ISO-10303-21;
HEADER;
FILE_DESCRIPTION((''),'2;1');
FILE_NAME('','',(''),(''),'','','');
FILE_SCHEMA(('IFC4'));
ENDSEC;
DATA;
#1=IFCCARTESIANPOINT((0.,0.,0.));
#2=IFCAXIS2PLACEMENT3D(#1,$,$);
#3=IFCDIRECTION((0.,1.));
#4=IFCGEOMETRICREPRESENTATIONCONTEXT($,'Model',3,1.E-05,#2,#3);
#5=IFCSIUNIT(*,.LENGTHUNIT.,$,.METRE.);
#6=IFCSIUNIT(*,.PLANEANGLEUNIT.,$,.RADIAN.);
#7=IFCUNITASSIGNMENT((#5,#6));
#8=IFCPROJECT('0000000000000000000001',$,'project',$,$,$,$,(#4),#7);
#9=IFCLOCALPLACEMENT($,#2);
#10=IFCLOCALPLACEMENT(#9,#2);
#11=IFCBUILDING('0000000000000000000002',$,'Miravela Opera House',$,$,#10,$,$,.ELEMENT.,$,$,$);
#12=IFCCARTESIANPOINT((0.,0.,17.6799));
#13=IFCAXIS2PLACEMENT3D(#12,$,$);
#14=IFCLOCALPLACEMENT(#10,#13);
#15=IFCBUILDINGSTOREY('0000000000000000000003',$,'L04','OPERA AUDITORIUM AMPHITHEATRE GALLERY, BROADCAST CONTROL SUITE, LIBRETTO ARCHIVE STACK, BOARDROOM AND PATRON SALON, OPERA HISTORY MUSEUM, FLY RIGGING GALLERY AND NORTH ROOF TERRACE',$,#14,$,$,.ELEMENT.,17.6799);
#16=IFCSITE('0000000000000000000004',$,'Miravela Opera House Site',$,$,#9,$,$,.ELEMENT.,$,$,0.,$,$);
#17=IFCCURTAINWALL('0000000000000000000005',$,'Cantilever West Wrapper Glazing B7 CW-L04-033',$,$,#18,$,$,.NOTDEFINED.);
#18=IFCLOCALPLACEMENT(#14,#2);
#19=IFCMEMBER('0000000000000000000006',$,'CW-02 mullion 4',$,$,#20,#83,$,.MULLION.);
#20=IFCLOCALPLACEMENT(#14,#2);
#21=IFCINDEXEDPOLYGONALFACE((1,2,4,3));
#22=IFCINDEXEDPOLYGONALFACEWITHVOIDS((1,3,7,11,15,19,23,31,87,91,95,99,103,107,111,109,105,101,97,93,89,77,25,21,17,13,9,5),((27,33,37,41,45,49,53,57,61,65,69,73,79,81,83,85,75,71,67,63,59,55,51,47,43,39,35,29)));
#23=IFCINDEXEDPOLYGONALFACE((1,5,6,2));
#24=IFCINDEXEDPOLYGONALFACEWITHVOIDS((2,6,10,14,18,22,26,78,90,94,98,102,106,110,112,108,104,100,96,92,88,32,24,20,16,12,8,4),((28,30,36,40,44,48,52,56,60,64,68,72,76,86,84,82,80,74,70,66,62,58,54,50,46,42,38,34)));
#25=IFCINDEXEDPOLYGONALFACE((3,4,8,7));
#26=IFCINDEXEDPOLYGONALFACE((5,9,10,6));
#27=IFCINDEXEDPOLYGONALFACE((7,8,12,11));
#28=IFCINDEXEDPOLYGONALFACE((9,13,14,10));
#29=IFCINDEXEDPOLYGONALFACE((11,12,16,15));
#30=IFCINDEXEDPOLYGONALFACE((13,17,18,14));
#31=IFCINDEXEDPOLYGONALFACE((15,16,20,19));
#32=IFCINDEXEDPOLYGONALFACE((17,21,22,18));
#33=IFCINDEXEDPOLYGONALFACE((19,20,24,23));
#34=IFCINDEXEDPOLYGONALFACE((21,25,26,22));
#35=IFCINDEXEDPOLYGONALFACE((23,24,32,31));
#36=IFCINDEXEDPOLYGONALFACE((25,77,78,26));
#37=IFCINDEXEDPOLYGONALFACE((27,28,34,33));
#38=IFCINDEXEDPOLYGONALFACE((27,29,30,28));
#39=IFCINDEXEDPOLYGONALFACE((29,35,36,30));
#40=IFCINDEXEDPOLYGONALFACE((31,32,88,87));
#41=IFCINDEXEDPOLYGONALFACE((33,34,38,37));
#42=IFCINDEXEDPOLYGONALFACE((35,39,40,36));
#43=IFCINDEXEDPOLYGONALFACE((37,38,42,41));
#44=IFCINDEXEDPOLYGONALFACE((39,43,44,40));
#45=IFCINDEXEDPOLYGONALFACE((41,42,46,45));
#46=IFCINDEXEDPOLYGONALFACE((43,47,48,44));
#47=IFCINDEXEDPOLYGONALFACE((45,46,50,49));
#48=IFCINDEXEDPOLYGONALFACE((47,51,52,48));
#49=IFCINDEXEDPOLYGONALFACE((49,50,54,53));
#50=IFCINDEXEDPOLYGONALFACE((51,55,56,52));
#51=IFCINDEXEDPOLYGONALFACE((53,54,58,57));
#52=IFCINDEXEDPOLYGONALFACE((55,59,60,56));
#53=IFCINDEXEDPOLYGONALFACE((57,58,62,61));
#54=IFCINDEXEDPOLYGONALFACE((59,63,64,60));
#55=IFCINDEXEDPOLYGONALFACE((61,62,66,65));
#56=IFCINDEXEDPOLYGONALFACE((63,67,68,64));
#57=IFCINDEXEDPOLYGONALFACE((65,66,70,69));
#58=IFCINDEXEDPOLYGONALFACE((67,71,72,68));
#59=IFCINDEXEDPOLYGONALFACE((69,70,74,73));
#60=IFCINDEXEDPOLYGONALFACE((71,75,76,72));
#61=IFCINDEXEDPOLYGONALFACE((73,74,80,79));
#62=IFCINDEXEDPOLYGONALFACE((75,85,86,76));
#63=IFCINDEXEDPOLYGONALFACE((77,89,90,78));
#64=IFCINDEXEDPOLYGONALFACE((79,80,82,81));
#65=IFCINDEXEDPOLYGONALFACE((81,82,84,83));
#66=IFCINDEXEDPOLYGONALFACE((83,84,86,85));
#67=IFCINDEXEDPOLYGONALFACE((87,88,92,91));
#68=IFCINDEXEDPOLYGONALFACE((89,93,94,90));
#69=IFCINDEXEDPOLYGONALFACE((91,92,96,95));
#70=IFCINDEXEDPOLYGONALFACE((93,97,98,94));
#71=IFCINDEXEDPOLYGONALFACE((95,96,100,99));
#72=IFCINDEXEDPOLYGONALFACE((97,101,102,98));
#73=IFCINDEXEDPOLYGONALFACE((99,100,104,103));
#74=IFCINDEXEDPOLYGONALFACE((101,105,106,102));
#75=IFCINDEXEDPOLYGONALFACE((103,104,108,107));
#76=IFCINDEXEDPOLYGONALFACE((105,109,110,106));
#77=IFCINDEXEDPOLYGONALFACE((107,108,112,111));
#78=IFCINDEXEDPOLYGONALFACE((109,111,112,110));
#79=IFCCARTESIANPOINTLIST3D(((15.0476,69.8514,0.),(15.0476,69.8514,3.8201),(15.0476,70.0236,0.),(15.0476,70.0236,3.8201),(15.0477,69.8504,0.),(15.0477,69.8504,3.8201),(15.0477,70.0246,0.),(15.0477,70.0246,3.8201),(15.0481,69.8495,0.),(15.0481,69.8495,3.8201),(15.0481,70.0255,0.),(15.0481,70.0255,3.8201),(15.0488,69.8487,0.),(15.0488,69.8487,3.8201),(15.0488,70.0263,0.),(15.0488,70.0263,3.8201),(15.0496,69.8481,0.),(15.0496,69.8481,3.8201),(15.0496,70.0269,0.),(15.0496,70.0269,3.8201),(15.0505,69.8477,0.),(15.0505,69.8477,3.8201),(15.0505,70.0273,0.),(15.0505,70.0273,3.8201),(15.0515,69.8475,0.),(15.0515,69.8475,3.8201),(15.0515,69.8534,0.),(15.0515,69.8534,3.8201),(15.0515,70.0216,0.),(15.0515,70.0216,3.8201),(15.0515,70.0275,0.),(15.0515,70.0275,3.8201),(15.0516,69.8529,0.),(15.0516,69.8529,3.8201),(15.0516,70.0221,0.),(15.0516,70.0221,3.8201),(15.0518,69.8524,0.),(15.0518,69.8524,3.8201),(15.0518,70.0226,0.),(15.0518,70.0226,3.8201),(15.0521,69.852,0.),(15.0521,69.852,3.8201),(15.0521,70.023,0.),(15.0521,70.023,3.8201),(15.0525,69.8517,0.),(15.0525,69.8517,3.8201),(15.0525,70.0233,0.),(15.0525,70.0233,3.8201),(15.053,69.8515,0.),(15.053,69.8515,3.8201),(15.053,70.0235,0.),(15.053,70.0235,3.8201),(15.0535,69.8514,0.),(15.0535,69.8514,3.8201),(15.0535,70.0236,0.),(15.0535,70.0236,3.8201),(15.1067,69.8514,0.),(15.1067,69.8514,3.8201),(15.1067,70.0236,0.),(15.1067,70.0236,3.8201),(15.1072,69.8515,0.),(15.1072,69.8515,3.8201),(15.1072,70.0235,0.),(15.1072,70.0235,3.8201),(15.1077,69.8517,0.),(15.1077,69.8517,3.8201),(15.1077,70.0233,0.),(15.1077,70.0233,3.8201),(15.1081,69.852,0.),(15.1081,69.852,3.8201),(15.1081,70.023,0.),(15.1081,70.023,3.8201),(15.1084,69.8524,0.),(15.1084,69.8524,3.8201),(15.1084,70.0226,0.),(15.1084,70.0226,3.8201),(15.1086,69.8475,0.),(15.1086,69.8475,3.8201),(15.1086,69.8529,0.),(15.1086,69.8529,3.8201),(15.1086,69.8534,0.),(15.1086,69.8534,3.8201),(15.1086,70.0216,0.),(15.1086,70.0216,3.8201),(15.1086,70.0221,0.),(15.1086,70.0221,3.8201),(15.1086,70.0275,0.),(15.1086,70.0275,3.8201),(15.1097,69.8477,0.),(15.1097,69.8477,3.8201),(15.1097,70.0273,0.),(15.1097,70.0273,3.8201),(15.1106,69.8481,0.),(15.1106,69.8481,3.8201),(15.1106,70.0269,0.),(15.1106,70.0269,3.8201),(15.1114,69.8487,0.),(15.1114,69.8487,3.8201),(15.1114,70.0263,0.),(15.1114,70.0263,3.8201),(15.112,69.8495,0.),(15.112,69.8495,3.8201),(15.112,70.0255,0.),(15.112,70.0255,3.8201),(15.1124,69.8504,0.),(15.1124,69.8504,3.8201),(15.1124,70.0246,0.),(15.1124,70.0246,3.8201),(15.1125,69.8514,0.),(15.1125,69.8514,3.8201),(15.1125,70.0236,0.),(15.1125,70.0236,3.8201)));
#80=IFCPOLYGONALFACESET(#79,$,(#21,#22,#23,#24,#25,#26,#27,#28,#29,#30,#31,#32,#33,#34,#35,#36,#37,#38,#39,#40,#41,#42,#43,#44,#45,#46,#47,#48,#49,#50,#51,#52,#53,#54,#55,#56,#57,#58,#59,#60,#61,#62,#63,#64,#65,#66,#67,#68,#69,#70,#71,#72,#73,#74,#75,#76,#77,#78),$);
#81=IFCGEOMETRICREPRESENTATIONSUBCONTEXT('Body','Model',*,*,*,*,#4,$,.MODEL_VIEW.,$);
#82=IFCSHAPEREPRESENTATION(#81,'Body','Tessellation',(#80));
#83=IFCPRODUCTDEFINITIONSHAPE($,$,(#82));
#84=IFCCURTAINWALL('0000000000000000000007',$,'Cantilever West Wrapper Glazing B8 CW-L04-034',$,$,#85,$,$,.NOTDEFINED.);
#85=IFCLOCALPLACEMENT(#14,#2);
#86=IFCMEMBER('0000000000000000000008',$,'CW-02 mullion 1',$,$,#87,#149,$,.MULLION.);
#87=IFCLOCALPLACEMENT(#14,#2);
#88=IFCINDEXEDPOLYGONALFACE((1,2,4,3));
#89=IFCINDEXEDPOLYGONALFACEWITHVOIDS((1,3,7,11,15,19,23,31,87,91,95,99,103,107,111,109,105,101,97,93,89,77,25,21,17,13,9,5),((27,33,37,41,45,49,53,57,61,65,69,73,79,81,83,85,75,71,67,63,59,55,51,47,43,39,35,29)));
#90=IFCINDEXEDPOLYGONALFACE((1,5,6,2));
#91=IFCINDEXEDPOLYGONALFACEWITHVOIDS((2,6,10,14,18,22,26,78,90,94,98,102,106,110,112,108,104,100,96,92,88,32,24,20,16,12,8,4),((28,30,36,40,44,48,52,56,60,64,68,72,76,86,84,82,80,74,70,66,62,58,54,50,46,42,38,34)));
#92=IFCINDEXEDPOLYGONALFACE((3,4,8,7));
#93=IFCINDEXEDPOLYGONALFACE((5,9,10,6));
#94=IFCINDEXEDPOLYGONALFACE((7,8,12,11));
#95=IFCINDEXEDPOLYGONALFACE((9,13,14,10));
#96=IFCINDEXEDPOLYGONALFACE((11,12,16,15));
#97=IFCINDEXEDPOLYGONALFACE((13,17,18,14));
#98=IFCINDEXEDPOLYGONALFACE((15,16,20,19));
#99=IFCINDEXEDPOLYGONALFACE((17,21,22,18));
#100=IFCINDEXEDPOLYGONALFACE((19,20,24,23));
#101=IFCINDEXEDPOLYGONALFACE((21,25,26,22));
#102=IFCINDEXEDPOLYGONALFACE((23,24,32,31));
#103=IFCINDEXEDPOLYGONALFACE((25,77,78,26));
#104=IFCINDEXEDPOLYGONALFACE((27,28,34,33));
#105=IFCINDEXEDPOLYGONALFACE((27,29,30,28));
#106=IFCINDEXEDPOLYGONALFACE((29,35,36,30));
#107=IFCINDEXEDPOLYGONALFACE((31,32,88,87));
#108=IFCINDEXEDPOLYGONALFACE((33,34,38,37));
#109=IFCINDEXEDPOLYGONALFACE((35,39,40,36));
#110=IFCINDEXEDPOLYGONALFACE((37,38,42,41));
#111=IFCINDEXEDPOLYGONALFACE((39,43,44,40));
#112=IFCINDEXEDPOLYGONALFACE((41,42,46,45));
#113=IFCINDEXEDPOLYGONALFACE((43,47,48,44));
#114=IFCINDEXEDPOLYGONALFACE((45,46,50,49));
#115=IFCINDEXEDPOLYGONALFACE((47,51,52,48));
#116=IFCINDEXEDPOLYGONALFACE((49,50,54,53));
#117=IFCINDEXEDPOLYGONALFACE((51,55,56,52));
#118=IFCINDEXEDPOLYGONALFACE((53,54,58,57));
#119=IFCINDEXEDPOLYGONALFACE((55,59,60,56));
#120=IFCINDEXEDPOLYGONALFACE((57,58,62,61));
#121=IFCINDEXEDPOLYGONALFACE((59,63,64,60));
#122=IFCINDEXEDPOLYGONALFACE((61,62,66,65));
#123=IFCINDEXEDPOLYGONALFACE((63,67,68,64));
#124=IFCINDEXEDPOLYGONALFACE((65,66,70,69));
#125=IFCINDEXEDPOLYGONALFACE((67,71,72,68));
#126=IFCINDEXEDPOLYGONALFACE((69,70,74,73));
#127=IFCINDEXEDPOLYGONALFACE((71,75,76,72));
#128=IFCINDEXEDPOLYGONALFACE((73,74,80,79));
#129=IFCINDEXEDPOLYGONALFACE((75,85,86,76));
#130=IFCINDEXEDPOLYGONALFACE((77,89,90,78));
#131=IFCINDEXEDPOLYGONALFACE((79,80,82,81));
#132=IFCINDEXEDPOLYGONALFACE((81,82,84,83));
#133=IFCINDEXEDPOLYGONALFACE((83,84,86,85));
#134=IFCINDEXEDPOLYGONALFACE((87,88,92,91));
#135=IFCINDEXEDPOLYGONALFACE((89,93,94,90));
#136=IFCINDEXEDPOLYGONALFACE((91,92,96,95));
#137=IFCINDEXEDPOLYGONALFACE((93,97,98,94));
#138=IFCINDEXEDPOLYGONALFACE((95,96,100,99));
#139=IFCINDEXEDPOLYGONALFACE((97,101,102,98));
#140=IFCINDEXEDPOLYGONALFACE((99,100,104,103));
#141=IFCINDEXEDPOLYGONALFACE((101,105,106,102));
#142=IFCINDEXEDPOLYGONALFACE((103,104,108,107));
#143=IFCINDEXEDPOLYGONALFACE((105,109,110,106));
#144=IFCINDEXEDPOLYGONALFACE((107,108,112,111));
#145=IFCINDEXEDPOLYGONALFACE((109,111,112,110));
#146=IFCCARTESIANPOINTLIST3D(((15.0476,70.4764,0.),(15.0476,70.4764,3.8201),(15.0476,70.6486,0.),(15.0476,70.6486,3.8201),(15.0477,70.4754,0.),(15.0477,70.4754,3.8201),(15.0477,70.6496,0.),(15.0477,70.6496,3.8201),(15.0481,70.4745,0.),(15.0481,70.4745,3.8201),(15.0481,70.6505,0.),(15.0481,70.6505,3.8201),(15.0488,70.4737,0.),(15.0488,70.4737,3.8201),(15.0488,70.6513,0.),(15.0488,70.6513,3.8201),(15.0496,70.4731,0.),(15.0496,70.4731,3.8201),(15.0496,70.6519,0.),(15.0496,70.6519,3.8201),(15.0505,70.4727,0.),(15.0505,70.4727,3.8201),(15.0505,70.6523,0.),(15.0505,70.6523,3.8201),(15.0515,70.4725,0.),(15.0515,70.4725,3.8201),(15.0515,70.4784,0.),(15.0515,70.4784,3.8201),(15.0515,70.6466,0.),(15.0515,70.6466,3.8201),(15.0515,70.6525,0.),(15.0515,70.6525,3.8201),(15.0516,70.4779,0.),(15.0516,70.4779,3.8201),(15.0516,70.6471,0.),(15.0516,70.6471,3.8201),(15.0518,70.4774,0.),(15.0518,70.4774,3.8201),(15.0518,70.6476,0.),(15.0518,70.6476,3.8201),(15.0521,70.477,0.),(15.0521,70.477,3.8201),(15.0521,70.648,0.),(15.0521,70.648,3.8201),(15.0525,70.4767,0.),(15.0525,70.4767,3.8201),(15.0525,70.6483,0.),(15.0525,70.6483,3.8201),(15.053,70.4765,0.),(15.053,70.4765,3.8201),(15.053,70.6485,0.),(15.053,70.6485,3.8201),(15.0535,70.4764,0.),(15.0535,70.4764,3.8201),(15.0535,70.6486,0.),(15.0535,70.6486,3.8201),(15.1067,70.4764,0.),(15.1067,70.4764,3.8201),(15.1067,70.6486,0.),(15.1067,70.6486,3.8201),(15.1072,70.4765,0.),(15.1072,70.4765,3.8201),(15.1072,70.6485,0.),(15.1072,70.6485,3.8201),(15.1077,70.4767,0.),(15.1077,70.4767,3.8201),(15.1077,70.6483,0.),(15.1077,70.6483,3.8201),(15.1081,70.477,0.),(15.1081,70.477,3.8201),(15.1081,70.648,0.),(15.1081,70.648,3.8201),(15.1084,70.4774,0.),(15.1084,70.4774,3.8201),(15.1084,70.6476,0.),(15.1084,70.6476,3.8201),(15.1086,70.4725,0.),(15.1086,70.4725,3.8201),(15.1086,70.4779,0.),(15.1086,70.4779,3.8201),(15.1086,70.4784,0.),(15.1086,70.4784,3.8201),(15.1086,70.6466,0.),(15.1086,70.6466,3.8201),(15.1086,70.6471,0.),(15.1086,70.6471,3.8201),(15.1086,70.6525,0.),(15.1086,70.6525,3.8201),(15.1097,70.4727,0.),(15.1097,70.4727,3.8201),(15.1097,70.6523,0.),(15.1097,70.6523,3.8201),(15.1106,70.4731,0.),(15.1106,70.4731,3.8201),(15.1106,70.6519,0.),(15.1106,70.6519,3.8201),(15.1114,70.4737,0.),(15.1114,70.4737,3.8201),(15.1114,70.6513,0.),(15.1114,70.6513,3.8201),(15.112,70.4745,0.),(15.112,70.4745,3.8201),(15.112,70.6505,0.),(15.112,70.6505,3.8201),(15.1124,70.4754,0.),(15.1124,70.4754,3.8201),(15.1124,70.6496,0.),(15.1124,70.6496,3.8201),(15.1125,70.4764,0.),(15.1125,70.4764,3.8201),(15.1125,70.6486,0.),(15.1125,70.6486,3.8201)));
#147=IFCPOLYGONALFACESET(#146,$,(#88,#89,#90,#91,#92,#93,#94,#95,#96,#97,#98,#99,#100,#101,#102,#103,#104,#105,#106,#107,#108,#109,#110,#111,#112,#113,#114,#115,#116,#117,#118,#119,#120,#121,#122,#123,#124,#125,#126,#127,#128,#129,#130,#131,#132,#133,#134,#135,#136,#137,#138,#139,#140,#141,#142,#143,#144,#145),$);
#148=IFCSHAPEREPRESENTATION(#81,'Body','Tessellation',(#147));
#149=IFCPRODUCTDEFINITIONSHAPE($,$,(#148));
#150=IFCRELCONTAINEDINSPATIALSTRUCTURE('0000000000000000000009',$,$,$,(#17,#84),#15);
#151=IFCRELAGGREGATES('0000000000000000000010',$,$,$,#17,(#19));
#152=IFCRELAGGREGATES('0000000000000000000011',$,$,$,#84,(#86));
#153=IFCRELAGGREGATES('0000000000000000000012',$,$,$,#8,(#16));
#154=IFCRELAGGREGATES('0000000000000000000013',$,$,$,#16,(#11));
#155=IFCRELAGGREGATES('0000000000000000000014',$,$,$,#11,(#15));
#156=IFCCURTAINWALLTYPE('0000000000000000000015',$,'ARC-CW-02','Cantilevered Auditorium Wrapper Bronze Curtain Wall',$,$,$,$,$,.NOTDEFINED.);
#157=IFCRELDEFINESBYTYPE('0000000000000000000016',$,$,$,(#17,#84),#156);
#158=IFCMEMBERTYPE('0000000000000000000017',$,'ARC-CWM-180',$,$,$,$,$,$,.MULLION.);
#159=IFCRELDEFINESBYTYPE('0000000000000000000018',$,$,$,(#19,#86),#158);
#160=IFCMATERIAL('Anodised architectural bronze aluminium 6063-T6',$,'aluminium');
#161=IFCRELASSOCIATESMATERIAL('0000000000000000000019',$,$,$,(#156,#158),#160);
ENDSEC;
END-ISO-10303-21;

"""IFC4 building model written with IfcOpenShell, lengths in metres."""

from ifc_helpers import new_model, si_unit, direction, frame, origin, origin_2d, place, context, subcontext, project, spatial, hollow_rectangle, extrude, material, material_profile, profile_set, type_object, element, aggregate, save


model = new_model("IFC4")

# Units and contexts
model_context = context("Model", 3, precision=1e-05, world=origin(), true_north=direction((0.0, 1.0)))
body_context = subcontext(model_context, "Body", "Model", "MODEL_VIEW")
ifc_project = project(units=[si_unit("LENGTHUNIT", "METRE"), si_unit("PLANEANGLEUNIT", "RADIAN")], contexts=[model_context])

# Site, building, storey
site_placement = place(None, origin())
site = spatial("IfcSite", under=ifc_project, at=site_placement, Name="Miravela Opera House Site", CompositionType="ELEMENT", RefElevation=0.0)
building_placement = place(site_placement, origin())
building = spatial("IfcBuilding", under=site, at=building_placement, Name="Miravela Opera House", CompositionType="ELEMENT")
storey_placement = place(building_placement, frame((0.0, 0.0, 17.6799)))
storey = spatial("IfcBuildingStorey", under=building, at=storey_placement, Name="L04", Description="OPERA AUDITORIUM AMPHITHEATRE GALLERY, BROADCAST CONTROL SUITE, LIBRETTO ARCHIVE STACK, BOARDROOM AND PATRON SALON, OPERA HISTORY MUSEUM, FLY RIGGING GALLERY AND NORTH ROOF TERRACE", CompositionType="ELEMENT", Elevation=17.6799)

# Curtain wall, member
ifc_material_1 = material(Name="Anodised architectural bronze aluminium 6063-T6", Category="aluminium")
curtain_wall_type = type_object("IfcCurtainWallType", Name="ARC-CW-02", Description="Cantilevered Auditorium Wrapper Bronze Curtain Wall", PredefinedType="NOTDEFINED", material=ifc_material_1)
curtain_wall_1_placement = place(storey_placement, origin())
curtain_wall_1 = element("IfcCurtainWall", 1, at=curtain_wall_1_placement, inside=storey, type_object=curtain_wall_type, Name="Cantilever West Wrapper Glazing B7 CW-L04-033", PredefinedType="NOTDEFINED")
ifc_material_profile_1 = material_profile(ifc_material_1, hollow_rectangle(XDim=0.0649, YDim=0.1799, WallThickness=0.0039, InnerFilletRadius=0.002, OuterFilletRadius=0.0039, at=origin_2d()), Name="CWM-65X180")
ifc_profile_set_1 = profile_set([ifc_material_profile_1])
member_type_1 = type_object("IfcMemberType", Name="ARC-CWM-180", PredefinedType="MULLION", material=ifc_profile_set_1)
member_1_placement = place(storey_placement, frame((15.0801, 69.9375, 0.0), z_axis=(0.0, 0.0, 1.0), x_axis=(-1.0, 0.0, 0.0)))
member_1 = element("IfcMember", 2, at=member_1_placement, type_object=member_type_1, Name="CW-02 mullion 4", PredefinedType="MULLION", context=body_context, shape_type="SweptSolid", body=[
    extrude(hollow_rectangle(XDim=0.0649, YDim=0.1799, WallThickness=0.0039, InnerFilletRadius=0.002, OuterFilletRadius=0.0039, at=origin_2d()), origin(), (0.0, 0.0, 1.0), 3.8201),
])

# Curtain wall, member
curtain_wall_2_placement = place(storey_placement, origin())
curtain_wall_2 = element("IfcCurtainWall", 3, at=curtain_wall_2_placement, inside=storey, type_object=curtain_wall_type, Name="Cantilever West Wrapper Glazing B8 CW-L04-034", PredefinedType="NOTDEFINED")
member_2_placement = place(storey_placement, frame((15.0801, 70.5625, 0.0), z_axis=(0.0, 0.0, 1.0), x_axis=(-1.0, 0.0, 0.0)))
member_2 = element("IfcMember", 4, at=member_2_placement, type_object=member_type_1, Name="CW-02 mullion 1", PredefinedType="MULLION", context=body_context, shape_type="SweptSolid", body=[
    extrude(hollow_rectangle(XDim=0.0649, YDim=0.1799, WallThickness=0.0039, InnerFilletRadius=0.002, OuterFilletRadius=0.0039, at=origin_2d()), origin(), (0.0, 0.0, 1.0), 3.8201),
])

aggregate(curtain_wall_1, [member_1])
aggregate(curtain_wall_2, [member_2])

save(model, "model.ifc")
